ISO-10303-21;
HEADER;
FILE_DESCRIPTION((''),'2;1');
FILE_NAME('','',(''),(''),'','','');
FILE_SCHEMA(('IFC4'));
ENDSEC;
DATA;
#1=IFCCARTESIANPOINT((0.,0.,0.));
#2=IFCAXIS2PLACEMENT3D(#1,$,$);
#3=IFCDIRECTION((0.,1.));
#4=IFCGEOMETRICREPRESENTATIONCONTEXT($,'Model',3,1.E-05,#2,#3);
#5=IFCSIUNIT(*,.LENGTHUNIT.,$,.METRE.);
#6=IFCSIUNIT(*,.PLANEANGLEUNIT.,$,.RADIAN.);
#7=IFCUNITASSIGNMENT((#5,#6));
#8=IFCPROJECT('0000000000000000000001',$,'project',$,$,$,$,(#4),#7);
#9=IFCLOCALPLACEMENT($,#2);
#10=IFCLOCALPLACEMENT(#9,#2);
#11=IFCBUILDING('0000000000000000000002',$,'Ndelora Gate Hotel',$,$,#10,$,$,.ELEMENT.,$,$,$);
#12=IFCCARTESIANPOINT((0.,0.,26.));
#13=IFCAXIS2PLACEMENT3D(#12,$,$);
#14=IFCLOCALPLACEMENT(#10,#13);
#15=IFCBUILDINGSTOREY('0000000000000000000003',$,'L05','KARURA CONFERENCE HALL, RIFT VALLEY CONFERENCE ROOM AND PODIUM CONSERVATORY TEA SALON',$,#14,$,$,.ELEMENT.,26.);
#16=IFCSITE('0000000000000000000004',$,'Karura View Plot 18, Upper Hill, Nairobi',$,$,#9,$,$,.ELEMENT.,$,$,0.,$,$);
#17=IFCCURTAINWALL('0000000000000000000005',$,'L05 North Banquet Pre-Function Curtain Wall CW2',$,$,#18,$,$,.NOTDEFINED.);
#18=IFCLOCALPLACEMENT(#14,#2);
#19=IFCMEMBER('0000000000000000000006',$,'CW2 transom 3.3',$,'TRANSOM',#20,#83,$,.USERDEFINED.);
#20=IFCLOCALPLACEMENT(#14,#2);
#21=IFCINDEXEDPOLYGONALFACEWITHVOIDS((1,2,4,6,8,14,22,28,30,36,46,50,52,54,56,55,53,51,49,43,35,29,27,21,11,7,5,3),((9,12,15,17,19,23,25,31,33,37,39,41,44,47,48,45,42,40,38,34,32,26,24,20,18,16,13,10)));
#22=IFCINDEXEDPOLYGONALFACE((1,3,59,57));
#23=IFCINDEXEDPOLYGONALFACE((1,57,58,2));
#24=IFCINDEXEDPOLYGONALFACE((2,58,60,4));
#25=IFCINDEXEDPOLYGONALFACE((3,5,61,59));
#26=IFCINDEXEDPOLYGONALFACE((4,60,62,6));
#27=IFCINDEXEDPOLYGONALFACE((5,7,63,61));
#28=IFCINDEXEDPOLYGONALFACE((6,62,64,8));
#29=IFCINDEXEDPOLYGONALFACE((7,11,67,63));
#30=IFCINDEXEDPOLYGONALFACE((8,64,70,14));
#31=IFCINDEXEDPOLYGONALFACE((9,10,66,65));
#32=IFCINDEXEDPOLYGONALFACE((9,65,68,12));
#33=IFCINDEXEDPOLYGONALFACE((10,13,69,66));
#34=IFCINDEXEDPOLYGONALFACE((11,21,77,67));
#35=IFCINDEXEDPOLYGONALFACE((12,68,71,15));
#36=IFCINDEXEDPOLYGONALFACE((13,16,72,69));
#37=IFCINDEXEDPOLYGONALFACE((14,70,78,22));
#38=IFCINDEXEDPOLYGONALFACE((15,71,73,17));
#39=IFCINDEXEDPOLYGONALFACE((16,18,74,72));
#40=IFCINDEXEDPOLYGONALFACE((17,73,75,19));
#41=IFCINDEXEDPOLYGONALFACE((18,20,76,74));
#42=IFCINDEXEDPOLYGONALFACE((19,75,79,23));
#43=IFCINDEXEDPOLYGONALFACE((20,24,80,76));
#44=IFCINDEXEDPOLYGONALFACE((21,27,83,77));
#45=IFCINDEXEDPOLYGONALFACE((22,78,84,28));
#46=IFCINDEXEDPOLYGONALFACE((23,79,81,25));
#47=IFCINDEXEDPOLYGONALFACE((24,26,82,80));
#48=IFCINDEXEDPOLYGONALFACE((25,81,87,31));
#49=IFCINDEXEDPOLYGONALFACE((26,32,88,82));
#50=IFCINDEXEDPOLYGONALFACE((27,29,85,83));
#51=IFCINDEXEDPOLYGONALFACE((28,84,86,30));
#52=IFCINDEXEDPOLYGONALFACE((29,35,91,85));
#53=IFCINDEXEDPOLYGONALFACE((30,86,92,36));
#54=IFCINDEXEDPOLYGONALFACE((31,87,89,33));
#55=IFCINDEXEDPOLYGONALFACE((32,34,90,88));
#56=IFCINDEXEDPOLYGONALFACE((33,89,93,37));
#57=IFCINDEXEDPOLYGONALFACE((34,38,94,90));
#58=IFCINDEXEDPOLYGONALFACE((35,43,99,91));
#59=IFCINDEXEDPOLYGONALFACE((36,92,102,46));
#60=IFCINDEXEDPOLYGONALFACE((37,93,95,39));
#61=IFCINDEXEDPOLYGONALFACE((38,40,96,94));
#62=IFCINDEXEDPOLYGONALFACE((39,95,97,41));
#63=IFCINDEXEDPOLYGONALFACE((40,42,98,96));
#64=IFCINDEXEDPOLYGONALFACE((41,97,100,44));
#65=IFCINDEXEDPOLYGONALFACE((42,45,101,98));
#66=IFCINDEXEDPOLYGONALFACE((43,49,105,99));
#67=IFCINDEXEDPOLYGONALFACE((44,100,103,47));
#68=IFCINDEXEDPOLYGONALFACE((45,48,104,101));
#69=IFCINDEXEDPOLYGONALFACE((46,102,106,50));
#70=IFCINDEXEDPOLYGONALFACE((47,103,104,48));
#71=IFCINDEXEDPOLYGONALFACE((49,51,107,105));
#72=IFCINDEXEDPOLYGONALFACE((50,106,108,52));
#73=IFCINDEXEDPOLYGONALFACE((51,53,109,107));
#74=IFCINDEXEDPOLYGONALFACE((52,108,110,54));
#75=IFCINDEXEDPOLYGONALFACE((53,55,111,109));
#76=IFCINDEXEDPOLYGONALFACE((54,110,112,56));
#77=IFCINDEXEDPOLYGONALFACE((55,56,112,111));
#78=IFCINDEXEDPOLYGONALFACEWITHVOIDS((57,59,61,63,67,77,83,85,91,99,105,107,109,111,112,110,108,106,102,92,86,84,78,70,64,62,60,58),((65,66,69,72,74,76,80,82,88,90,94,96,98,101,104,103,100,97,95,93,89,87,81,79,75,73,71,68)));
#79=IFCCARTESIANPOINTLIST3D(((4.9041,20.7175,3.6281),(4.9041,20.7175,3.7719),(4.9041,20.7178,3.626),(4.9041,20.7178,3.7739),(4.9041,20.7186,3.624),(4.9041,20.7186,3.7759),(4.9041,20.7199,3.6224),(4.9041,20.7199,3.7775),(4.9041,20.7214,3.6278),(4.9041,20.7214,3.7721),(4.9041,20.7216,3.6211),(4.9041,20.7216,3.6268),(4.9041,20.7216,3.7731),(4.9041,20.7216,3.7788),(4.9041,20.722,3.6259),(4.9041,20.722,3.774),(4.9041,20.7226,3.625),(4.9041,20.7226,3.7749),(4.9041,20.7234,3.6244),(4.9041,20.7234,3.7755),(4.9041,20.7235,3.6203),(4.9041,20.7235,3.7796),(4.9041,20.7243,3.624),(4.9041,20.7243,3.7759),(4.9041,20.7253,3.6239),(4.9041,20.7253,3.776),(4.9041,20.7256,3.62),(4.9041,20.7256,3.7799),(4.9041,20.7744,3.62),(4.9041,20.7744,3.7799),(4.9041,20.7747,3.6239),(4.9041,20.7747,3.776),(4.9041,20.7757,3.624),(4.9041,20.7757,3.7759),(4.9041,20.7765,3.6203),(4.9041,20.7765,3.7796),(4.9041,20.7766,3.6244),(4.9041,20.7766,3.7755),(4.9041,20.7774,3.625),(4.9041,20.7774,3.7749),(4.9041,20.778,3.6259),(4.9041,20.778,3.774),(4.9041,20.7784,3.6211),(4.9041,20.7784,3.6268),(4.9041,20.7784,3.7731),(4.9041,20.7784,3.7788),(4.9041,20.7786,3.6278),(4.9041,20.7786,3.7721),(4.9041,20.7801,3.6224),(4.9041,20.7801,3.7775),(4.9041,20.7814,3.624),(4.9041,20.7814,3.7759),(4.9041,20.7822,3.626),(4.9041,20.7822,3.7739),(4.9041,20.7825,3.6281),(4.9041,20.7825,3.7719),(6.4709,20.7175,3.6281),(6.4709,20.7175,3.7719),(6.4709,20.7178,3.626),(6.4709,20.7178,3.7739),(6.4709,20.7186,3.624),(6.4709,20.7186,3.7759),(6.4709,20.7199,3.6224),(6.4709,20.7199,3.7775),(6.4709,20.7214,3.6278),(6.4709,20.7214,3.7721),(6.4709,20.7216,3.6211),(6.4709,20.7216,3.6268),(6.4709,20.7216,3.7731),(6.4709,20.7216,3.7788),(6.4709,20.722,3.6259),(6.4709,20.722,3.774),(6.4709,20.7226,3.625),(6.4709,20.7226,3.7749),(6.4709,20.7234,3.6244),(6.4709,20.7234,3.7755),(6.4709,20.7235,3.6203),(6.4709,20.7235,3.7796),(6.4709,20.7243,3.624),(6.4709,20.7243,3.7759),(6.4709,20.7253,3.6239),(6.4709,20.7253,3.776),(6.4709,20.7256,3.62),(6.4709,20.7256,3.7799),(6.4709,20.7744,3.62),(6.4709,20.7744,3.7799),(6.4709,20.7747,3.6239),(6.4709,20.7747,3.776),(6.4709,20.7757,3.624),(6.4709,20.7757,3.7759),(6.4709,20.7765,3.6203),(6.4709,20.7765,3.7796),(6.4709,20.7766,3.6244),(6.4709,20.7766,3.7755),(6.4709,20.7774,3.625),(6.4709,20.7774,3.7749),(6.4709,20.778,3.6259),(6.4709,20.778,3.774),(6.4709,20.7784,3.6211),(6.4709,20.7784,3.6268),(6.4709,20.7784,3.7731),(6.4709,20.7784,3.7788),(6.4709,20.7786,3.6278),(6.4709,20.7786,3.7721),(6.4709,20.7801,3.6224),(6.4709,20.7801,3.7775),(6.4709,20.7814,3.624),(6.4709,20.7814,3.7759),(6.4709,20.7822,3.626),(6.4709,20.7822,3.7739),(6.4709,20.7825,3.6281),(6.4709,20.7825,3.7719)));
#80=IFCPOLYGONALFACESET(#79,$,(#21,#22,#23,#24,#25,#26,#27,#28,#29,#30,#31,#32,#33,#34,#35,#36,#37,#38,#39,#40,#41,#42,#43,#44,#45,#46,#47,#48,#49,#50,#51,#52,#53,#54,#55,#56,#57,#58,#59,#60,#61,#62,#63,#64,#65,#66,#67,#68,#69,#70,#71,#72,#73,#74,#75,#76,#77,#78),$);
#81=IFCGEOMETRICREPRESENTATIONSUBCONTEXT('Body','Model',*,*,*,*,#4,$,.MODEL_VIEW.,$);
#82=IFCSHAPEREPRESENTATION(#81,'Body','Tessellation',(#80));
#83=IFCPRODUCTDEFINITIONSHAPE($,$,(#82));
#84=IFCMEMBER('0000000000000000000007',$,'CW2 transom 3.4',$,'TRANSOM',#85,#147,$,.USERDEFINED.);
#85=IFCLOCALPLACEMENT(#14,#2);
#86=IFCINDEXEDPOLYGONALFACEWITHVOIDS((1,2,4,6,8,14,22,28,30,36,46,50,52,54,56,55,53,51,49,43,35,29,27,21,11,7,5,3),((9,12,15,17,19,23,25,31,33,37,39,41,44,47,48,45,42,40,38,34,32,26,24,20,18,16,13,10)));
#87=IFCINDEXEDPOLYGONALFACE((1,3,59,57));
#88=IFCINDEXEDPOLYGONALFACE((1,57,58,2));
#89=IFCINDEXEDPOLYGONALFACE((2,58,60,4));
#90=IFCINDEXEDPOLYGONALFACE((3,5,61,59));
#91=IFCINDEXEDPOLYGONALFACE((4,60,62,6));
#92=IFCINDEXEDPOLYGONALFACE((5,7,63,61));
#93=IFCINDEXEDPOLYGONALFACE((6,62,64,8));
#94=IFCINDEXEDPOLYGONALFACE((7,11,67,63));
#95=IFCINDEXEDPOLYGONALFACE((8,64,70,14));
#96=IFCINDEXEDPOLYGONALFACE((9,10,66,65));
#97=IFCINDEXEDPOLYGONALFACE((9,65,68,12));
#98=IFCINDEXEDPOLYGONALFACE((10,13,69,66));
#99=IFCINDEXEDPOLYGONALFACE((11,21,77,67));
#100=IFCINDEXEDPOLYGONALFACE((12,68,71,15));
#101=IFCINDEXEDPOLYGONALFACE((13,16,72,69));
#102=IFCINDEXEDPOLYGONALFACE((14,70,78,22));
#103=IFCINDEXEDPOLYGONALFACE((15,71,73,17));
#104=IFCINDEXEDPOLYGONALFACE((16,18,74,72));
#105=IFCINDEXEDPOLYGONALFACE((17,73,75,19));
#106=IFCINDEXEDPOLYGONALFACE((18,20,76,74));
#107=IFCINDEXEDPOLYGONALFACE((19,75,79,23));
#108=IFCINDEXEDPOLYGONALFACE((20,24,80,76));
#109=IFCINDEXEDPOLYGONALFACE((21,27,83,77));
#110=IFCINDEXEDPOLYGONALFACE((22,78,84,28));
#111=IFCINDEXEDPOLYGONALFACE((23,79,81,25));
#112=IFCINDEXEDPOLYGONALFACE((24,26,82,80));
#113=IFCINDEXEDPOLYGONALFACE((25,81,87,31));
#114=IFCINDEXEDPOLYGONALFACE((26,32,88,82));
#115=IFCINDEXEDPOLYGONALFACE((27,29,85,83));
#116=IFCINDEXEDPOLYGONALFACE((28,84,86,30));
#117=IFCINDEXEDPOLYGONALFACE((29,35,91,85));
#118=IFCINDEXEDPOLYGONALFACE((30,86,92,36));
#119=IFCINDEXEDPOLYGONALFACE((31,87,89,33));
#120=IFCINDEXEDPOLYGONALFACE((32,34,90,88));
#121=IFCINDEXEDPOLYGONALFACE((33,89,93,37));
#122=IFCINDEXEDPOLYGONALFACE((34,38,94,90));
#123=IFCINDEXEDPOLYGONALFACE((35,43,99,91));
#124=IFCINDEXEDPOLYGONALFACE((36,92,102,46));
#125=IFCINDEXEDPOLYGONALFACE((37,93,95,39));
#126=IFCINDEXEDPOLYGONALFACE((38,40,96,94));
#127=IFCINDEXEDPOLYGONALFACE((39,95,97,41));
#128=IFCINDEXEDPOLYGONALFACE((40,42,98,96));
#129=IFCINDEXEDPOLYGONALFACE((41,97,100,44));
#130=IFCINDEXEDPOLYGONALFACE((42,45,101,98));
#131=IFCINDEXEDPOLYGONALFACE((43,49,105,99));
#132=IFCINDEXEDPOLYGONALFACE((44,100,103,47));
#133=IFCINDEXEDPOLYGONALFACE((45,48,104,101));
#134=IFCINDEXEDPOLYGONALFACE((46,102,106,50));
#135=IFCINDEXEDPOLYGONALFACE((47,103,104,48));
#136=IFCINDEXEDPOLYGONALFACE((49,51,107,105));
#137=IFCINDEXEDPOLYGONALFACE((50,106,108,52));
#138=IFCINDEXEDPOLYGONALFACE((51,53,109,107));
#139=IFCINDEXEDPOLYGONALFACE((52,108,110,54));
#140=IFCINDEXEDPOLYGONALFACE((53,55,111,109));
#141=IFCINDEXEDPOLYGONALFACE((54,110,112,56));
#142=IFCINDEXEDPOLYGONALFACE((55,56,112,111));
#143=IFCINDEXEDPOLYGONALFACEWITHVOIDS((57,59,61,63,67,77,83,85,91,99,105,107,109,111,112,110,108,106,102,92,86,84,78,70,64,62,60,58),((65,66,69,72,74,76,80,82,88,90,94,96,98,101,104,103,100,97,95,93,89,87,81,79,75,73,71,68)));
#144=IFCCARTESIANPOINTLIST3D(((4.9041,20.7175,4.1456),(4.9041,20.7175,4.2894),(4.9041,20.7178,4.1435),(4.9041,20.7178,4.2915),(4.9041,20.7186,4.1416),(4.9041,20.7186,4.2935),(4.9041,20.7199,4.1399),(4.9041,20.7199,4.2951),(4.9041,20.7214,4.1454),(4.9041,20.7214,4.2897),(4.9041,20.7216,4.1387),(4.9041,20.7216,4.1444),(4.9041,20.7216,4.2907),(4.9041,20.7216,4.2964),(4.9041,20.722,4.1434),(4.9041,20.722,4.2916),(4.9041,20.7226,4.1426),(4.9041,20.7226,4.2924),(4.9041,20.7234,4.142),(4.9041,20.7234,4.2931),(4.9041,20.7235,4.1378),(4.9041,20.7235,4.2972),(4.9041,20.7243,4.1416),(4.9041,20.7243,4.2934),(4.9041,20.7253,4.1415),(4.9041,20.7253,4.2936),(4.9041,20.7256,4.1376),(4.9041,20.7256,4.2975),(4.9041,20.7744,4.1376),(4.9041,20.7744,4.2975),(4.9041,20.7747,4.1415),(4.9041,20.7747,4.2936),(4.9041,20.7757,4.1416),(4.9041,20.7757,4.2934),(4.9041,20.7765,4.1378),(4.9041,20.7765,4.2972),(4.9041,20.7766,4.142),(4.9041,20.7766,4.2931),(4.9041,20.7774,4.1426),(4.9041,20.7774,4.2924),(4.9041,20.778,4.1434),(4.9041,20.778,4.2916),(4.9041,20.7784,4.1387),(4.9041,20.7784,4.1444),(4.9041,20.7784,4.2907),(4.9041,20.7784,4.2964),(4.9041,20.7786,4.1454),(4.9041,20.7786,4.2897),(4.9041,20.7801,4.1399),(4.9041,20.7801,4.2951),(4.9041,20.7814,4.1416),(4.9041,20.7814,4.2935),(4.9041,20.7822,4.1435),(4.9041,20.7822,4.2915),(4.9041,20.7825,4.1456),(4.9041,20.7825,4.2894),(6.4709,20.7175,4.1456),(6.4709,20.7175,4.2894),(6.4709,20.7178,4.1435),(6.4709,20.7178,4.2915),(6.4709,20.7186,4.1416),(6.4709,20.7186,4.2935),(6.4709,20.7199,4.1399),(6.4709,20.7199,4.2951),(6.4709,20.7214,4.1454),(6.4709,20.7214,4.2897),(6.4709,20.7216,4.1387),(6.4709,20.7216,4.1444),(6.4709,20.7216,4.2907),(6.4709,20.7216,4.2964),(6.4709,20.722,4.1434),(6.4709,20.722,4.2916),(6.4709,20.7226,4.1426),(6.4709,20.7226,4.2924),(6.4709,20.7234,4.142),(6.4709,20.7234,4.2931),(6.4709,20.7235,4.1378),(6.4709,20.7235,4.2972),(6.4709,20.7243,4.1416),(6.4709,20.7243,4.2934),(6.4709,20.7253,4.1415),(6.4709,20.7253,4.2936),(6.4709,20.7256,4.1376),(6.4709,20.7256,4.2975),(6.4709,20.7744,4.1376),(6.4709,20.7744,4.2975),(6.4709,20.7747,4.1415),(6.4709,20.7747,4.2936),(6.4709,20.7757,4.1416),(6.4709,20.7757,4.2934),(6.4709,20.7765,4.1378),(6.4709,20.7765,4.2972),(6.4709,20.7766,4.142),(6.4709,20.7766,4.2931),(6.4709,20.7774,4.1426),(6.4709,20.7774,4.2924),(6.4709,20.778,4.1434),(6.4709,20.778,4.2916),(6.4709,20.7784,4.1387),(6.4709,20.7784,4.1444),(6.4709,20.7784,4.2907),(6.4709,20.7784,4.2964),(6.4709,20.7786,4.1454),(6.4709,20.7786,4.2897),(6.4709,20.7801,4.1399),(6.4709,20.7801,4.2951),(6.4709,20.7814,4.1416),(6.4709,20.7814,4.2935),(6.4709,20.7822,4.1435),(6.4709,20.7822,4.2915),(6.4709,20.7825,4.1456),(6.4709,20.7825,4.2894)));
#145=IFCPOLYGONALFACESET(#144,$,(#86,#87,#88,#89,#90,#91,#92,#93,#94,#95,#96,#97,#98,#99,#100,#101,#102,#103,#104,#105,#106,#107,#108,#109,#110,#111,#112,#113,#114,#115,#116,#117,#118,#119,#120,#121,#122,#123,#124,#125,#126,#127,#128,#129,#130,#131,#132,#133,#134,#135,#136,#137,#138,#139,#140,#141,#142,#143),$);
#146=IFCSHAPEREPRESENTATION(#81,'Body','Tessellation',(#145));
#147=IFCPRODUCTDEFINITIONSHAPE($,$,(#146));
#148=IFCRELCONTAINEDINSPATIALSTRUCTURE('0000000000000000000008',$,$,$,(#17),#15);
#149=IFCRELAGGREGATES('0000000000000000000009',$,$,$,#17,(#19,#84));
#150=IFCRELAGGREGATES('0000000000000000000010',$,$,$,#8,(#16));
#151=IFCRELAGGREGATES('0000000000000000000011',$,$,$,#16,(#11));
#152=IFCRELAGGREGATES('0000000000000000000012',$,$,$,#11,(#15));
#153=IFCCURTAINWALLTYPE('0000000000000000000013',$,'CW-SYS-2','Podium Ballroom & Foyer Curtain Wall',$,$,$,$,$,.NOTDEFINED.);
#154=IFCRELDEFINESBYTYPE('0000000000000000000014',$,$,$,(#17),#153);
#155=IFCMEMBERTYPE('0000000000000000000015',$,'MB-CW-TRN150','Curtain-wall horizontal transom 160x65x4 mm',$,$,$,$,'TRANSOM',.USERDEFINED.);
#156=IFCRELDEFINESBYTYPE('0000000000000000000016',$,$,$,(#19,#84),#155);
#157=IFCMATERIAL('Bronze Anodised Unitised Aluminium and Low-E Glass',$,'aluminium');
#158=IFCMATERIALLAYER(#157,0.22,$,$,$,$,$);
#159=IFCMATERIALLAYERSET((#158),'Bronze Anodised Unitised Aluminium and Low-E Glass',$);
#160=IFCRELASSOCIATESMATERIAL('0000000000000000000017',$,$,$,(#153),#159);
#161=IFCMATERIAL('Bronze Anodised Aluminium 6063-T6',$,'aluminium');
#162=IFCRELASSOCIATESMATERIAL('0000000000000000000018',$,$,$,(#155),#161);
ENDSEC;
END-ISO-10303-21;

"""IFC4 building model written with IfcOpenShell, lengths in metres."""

from ifc_helpers import new_model, si_unit, direction, frame, origin, origin_2d, place, context, subcontext, project, spatial, hollow_rectangle, extrude, material, layer, layer_set, material_profile, profile_set, type_object, element, aggregate, save


model = new_model("IFC4")

# Units and contexts
model_context = context("Model", 3, precision=1e-05, world=origin(), true_north=direction((0.0, 1.0)))
body_context = subcontext(model_context, "Body", "Model", "MODEL_VIEW")
ifc_project = project(units=[si_unit("LENGTHUNIT", "METRE"), si_unit("PLANEANGLEUNIT", "RADIAN")], contexts=[model_context])

# Site, building, storey
site_placement = place(None, origin())
site = spatial("IfcSite", under=ifc_project, at=site_placement, Name="Karura View Plot 18, Upper Hill, Nairobi", CompositionType="ELEMENT", RefElevation=0.0)
building_placement = place(site_placement, origin())
building = spatial("IfcBuilding", under=site, at=building_placement, Name="Ndelora Gate Hotel", CompositionType="ELEMENT")
storey_placement = place(building_placement, frame((0.0, 0.0, 26.0)))
storey = spatial("IfcBuildingStorey", under=building, at=storey_placement, Name="L05", Description="KARURA CONFERENCE HALL, RIFT VALLEY CONFERENCE ROOM AND PODIUM CONSERVATORY TEA SALON", CompositionType="ELEMENT", Elevation=26.0)

# Curtain wall, members
ifc_material_1 = material(Name="Bronze Anodised Unitised Aluminium and Low-E Glass", Category="aluminium")
ifc_layer_1 = layer(ifc_material_1, 0.22)
ifc_layer_set_1 = layer_set([ifc_layer_1], Name="Bronze Anodised Unitised Aluminium and Low-E Glass")
curtain_wall_type = type_object("IfcCurtainWallType", Name="CW-SYS-2", Description="Podium Ballroom & Foyer Curtain Wall", PredefinedType="NOTDEFINED", material=ifc_layer_set_1)
curtain_wall_placement = place(storey_placement, origin())
curtain_wall = element("IfcCurtainWall", 1, at=curtain_wall_placement, inside=storey, type_object=curtain_wall_type, Name="L05 North Banquet Pre-Function Curtain Wall CW2", PredefinedType="NOTDEFINED")
ifc_material_2 = material(Name="Bronze Anodised Aluminium 6063-T6", Category="aluminium")
ifc_material_profile_1 = material_profile(ifc_material_2, hollow_rectangle(XDim=0.0649, YDim=0.1599, WallThickness=0.0039, InnerFilletRadius=0.0039, OuterFilletRadius=0.0081, at=origin_2d()), Name="ALU 160x65x4")
ifc_profile_set_1 = profile_set([ifc_material_profile_1], Name="Bronze Anodised Aluminium 6063-T6")
member_type_1 = type_object("IfcMemberType", Name="MB-CW-TRN150", Description="Curtain-wall horizontal transom 160x65x4 mm", ElementType="TRANSOM", PredefinedType="USERDEFINED", material=ifc_profile_set_1)
member_1_placement = place(storey_placement, frame((6.4709, 20.75, 3.7), z_axis=(-1.0, 0.0, 0.0), x_axis=(0.0, -1.0, 0.0)))
member_1 = element("IfcMember", 2, at=member_1_placement, type_object=member_type_1, Name="CW2 transom 3.3", ObjectType="TRANSOM", PredefinedType="USERDEFINED", context=body_context, shape_type="SweptSolid", body=[
    extrude(hollow_rectangle(XDim=0.0649, YDim=0.1599, WallThickness=0.0039, InnerFilletRadius=0.0039, OuterFilletRadius=0.0081, at=origin_2d()), origin(), (0.0, 0.0, 1.0), 1.5669),
])
member_2_placement = place(storey_placement, frame((6.4709, 20.75, 4.2175), z_axis=(-1.0, 0.0, 0.0), x_axis=(0.0, -1.0, 0.0)))
member_2 = element("IfcMember", 3, at=member_2_placement, type_object=member_type_1, Name="CW2 transom 3.4", ObjectType="TRANSOM", PredefinedType="USERDEFINED", context=body_context, shape_type="SweptSolid", body=[
    extrude(hollow_rectangle(XDim=0.0649, YDim=0.1599, WallThickness=0.0039, InnerFilletRadius=0.0039, OuterFilletRadius=0.0081, at=origin_2d()), origin(), (0.0, 0.0, 1.0), 1.5669),
])
aggregate(curtain_wall, [member_1, member_2])

save(model, "model.ifc")
